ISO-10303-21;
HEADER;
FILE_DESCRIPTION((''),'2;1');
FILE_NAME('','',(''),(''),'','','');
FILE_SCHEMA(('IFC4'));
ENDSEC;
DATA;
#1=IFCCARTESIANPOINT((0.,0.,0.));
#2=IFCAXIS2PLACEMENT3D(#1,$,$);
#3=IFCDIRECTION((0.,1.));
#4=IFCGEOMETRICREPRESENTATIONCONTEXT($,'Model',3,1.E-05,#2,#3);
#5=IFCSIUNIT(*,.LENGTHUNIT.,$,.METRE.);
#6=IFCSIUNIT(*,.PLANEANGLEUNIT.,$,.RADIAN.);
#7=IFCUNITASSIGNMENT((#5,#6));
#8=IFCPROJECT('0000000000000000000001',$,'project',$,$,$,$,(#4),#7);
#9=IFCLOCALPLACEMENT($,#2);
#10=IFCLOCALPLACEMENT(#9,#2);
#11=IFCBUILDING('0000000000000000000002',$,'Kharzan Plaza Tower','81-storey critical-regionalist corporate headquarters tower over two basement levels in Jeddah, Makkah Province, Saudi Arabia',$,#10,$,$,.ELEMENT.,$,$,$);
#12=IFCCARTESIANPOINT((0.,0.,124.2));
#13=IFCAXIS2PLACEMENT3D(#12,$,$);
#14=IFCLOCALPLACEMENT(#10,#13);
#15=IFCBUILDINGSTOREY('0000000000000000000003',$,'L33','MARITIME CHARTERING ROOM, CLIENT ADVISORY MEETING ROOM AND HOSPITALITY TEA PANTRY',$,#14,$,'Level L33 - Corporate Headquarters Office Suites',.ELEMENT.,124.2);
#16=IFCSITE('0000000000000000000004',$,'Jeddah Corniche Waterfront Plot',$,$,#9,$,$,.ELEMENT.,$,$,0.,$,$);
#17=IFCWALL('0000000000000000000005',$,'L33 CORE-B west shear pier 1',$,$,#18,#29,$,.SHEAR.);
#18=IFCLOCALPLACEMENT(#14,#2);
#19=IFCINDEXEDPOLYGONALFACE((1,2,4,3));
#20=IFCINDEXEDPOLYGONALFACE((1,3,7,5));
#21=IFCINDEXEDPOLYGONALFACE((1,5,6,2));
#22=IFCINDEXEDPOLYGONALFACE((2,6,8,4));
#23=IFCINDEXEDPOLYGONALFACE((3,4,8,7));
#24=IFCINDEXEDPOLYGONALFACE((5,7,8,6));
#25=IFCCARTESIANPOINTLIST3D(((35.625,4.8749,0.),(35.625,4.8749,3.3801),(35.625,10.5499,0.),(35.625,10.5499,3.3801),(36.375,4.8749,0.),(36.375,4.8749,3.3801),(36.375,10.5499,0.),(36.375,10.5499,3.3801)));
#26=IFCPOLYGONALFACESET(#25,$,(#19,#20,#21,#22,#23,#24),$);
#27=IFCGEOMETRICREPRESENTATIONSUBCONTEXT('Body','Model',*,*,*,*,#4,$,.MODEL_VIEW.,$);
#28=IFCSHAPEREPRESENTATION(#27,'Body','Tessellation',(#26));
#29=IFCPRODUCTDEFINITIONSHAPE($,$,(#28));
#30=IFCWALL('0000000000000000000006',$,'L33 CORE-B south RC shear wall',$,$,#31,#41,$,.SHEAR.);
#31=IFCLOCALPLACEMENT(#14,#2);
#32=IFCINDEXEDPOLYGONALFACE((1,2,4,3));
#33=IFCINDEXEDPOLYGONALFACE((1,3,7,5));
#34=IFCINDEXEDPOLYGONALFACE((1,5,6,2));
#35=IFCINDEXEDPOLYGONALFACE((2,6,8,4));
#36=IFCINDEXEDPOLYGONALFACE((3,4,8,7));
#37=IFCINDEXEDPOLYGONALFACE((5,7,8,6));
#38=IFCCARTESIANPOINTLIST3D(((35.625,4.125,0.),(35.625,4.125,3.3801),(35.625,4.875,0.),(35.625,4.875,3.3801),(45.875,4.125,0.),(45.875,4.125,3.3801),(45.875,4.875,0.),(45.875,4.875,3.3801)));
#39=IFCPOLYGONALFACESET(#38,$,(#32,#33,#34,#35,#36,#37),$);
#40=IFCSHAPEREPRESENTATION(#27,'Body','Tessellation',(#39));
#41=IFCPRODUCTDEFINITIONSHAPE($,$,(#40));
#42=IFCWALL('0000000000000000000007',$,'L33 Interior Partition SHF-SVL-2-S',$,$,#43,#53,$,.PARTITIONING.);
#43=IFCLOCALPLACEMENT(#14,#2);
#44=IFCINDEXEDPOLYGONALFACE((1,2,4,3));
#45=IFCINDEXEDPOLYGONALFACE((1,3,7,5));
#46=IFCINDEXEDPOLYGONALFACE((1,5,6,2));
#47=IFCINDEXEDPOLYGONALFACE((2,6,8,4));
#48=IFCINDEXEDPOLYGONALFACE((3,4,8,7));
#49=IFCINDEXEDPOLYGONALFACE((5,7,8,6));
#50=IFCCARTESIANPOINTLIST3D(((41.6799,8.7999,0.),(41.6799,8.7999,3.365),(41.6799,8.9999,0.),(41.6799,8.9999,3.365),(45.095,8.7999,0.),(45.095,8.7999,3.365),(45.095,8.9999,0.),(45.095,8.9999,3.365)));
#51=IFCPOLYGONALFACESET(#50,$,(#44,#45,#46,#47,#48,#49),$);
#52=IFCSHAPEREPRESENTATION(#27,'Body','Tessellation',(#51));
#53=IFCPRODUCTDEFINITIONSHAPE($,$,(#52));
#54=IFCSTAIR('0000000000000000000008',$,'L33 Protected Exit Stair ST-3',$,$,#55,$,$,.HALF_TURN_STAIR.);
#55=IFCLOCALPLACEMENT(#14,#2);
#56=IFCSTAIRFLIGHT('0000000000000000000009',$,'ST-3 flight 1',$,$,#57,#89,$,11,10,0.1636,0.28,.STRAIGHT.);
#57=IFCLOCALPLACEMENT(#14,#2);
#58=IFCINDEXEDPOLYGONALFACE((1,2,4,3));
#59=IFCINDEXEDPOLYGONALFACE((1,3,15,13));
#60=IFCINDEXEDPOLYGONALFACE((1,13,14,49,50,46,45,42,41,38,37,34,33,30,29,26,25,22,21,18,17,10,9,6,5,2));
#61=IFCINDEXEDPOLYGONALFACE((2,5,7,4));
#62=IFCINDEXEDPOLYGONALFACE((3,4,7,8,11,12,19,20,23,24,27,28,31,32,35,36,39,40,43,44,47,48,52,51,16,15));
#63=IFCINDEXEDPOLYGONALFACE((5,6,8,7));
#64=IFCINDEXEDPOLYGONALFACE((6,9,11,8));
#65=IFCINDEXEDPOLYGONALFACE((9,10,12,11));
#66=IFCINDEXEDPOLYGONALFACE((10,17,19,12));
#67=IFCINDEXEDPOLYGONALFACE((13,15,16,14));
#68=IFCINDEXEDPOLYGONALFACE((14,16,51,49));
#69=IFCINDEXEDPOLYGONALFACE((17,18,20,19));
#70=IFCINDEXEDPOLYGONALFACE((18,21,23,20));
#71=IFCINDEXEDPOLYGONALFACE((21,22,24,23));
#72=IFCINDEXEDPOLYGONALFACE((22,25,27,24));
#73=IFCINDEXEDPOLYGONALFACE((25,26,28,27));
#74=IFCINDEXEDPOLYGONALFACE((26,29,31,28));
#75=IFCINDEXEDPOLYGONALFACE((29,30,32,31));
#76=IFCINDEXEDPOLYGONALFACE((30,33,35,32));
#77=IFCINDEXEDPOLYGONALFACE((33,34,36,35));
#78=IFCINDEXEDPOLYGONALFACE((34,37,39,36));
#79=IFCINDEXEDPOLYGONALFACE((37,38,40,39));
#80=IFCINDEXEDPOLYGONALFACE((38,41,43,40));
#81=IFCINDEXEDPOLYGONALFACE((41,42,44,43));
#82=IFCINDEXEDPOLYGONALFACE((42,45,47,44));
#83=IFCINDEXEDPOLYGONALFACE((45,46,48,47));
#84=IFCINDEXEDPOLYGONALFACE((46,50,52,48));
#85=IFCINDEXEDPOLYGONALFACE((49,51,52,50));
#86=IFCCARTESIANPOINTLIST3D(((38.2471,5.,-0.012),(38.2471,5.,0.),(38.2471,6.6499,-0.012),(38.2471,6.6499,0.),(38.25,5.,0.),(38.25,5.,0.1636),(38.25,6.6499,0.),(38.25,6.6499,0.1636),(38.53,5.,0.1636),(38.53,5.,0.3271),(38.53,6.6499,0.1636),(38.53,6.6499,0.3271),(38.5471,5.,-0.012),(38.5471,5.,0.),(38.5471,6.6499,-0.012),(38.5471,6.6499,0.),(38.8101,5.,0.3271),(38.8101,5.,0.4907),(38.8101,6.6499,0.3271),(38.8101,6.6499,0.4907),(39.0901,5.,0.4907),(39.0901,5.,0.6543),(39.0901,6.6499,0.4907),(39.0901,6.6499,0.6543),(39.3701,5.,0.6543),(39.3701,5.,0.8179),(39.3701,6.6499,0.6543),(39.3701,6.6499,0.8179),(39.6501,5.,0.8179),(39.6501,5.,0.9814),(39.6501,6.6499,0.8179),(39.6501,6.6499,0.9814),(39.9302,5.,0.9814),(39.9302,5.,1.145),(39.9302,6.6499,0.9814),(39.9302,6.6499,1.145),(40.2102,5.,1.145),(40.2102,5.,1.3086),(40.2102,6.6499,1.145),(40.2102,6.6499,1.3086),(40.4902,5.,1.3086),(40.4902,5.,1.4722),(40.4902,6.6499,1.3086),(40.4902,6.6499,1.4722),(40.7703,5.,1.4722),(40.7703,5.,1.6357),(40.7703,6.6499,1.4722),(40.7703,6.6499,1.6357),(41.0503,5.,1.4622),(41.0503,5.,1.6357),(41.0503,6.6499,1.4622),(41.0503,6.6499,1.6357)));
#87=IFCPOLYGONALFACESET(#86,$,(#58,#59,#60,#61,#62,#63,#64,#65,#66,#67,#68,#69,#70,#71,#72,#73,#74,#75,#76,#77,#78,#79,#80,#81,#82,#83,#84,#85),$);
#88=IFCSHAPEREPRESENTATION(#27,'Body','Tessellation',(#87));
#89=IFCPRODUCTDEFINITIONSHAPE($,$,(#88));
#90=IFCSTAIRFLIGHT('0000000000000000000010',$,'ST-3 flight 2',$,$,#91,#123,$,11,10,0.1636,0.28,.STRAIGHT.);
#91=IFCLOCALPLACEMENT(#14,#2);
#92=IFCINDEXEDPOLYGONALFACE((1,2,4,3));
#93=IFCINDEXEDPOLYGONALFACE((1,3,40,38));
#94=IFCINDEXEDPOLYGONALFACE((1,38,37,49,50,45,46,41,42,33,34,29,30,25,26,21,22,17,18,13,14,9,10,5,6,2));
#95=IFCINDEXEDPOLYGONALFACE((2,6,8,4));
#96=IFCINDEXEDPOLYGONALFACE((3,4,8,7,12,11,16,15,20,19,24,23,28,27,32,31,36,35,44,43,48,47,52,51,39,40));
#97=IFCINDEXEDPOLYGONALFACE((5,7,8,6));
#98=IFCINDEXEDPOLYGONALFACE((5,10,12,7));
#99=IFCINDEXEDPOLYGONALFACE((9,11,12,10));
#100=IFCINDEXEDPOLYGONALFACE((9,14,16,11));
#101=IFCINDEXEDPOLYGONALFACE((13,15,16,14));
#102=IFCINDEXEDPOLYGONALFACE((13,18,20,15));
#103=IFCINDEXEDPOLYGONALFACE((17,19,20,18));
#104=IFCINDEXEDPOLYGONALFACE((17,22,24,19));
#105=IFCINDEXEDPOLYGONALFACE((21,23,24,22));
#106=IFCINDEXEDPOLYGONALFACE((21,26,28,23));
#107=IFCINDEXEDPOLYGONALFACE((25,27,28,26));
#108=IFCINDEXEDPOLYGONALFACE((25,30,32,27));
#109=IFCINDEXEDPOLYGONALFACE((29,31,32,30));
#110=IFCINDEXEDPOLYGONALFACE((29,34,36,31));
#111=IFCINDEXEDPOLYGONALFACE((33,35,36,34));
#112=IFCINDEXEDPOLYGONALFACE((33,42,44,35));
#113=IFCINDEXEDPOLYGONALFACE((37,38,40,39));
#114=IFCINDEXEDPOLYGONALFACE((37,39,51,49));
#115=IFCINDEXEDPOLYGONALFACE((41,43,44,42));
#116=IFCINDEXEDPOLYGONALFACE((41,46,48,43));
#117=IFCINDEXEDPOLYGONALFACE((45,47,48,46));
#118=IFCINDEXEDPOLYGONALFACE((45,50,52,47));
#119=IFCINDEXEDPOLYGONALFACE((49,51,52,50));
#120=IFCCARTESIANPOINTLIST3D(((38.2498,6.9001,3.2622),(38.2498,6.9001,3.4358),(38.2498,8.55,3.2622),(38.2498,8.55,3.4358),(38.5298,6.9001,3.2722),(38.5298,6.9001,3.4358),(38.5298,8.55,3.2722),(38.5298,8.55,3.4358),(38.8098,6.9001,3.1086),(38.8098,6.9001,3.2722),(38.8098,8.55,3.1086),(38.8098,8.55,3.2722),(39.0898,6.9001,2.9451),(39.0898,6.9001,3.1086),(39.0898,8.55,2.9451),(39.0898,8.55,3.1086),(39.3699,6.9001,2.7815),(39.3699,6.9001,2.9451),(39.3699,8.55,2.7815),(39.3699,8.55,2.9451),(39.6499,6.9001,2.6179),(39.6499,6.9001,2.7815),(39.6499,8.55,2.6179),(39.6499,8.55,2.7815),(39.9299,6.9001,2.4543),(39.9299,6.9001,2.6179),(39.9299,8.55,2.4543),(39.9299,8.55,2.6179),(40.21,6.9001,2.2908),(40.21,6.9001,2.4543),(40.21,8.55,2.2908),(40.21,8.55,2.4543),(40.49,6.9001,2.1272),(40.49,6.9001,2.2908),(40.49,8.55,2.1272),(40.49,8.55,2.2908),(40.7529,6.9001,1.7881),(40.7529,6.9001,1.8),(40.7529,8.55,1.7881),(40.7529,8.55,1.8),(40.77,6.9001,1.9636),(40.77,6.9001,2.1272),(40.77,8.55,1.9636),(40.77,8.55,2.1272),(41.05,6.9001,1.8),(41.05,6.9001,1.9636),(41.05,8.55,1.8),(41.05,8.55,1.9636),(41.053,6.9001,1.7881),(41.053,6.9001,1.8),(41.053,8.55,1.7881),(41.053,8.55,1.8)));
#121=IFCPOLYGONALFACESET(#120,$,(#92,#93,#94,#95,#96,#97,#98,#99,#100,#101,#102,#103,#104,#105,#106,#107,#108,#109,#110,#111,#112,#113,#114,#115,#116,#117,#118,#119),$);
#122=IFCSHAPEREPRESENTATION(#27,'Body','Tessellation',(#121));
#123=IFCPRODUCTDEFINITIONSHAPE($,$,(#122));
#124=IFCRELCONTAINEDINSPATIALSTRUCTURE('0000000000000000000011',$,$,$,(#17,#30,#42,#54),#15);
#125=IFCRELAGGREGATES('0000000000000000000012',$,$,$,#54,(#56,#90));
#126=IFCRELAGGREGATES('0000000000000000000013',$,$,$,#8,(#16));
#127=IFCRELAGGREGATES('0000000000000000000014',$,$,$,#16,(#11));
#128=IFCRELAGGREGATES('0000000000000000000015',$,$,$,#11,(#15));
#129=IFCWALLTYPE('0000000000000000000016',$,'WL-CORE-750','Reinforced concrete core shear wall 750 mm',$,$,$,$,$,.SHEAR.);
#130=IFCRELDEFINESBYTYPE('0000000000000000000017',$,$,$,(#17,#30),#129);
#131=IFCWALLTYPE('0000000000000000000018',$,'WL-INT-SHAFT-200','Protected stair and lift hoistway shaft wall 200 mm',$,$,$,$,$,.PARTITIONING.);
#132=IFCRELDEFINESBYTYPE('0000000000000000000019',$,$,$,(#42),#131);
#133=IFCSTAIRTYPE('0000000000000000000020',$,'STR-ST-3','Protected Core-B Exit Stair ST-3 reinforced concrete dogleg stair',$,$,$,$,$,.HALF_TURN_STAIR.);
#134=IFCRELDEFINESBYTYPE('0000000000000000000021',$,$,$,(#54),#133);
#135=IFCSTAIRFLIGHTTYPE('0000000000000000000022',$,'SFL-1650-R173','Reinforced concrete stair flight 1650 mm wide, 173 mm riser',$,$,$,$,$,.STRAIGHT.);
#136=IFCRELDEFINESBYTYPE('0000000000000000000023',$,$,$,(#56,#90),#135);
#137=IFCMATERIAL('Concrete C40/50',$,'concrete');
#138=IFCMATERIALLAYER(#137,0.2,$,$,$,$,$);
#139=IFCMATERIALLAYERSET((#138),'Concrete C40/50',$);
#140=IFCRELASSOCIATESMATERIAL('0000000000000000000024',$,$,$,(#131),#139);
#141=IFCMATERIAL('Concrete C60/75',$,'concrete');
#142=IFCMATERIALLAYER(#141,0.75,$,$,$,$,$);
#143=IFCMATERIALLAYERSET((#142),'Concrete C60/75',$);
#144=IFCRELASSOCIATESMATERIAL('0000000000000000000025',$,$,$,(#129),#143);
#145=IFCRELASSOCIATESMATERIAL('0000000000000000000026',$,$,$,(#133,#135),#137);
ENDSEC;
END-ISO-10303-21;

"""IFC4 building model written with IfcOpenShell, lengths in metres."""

from ifc_helpers import new_model, si_unit, direction, frame, frame_2d, origin, place, context, subcontext, project, spatial, polyline, rectangle, outline, extrude, source, transform, mapped, material, layer, layer_set, type_object, element, aggregate, save


model = new_model("IFC4")

# Units and contexts
model_context = context("Model", 3, precision=1e-05, world=origin(), true_north=direction((0.0, 1.0)))
body_context = subcontext(model_context, "Body", "Model", "MODEL_VIEW")
ifc_project = project(units=[si_unit("LENGTHUNIT", "METRE"), si_unit("PLANEANGLEUNIT", "RADIAN")], contexts=[model_context])

# Site, building, storey
site_placement = place(None, origin())
site = spatial("IfcSite", under=ifc_project, at=site_placement, Name="Jeddah Corniche Waterfront Plot", CompositionType="ELEMENT", RefElevation=0.0)
building_placement = place(site_placement, origin())
building = spatial("IfcBuilding", under=site, at=building_placement, Name="Kharzan Plaza Tower", Description="81-storey critical-regionalist corporate headquarters tower over two basement levels in Jeddah, Makkah Province, Saudi Arabia", CompositionType="ELEMENT")
storey_placement = place(building_placement, frame((0.0, 0.0, 124.2)))
storey = spatial("IfcBuildingStorey", under=building, at=storey_placement, Name="L33", Description="MARITIME CHARTERING ROOM, CLIENT ADVISORY MEETING ROOM AND HOSPITALITY TEA PANTRY", LongName="Level L33 - Corporate Headquarters Office Suites", CompositionType="ELEMENT", Elevation=124.2)

# Shared definitions
ifc_material_1 = material(Name="Concrete C60/75", Category="concrete")

# Shared definitions
ifc_material_2 = material(Name="Concrete C40/50", Category="concrete")

# Shared definitions
ifc_layer_1 = layer(ifc_material_2, 0.2)
ifc_layer_set_1 = layer_set([ifc_layer_1], Name="Concrete C40/50")
wall_type_1 = type_object("IfcWallType", Name="WL-INT-SHAFT-200", Description="Protected stair and lift hoistway shaft wall 200 mm", PredefinedType="PARTITIONING", material=ifc_layer_set_1)

# Walls
ifc_layer_2 = layer(ifc_material_1, 0.75)
ifc_layer_set_2 = layer_set([ifc_layer_2], Name="Concrete C60/75")
wall_type_2 = type_object("IfcWallType", Name="WL-CORE-750", Description="Reinforced concrete core shear wall 750 mm", PredefinedType="SHEAR", material=ifc_layer_set_2)
shared_shape_1 = source(origin(), body_context, "Body", "SweptSolid", [
    extrude(rectangle(XDim=5.675, YDim=0.75, at=frame_2d((2.8374, 0.0))), origin(), (0.0, 0.0, 1.0), 3.3801),
])
wall_1_placement = place(storey_placement, frame((36.0, 4.875, 0.0), z_axis=(0.0, 0.0, 1.0), x_axis=(0.0, 1.0, 0.0)))
element("IfcWall", 1, at=wall_1_placement, inside=storey, type_object=wall_type_2, Name="L33 CORE-B west shear pier 1", PredefinedType="SHEAR", context=body_context, shape_type="MappedRepresentation", body=[
    mapped(shared_shape_1, transform((0.0, 0.0, 0.0), x_axis=(1.0, 0.0, 0.0), y_axis=(0.0, 1.0, 0.0), z_axis=(0.0, 0.0, 1.0))),
])
shared_shape_2 = source(origin(), body_context, "Body", "SweptSolid", [
    extrude(rectangle(XDim=10.25, YDim=0.75, at=frame_2d((5.125, 0.0))), origin(), (0.0, 0.0, 1.0), 3.3801),
])
wall_2_placement = place(storey_placement, frame((35.625, 4.5, 0.0), z_axis=(0.0, 0.0, 1.0), x_axis=(1.0, 0.0, 0.0)))
element("IfcWall", 2, at=wall_2_placement, inside=storey, type_object=wall_type_2, Name="L33 CORE-B south RC shear wall", PredefinedType="SHEAR", context=body_context, shape_type="MappedRepresentation", body=[
    mapped(shared_shape_2, transform((0.0, 0.0, 0.0), x_axis=(1.0, 0.0, 0.0), y_axis=(0.0, 1.0, 0.0), z_axis=(0.0, 0.0, 1.0))),
])
shared_shape_3 = source(origin(), body_context, "Body", "SweptSolid", [
    extrude(rectangle(XDim=3.415, YDim=0.2, at=frame_2d((1.7075, 0.0))), origin(), (0.0, 0.0, 1.0), 3.365),
])
wall_3_placement = place(storey_placement, frame((41.6799, 8.8999, 0.0), z_axis=(0.0, 0.0, 1.0), x_axis=(1.0, 0.0, 0.0)))
element("IfcWall", 3, at=wall_3_placement, inside=storey, type_object=wall_type_1, Name="L33 Interior Partition SHF-SVL-2-S", PredefinedType="PARTITIONING", context=body_context, shape_type="MappedRepresentation", body=[
    mapped(shared_shape_3, transform((0.0, 0.0, 0.0), x_axis=(1.0, 0.0, 0.0), y_axis=(0.0, 1.0, 0.0), z_axis=(0.0, 0.0, 1.0))),
])

# Stair, stair flights
stair_type = type_object("IfcStairType", Name="STR-ST-3", Description="Protected Core-B Exit Stair ST-3 reinforced concrete dogleg stair", PredefinedType="HALF_TURN_STAIR", material=ifc_material_2)
stair_placement = place(storey_placement, origin())
stair = element("IfcStair", 4, at=stair_placement, inside=storey, type_object=stair_type, Name="L33 Protected Exit Stair ST-3", PredefinedType="HALF_TURN_STAIR")
stair_flight_type = type_object("IfcStairFlightType", Name="SFL-1650-R173", Description="Reinforced concrete stair flight 1650 mm wide, 173 mm riser", PredefinedType="STRAIGHT", material=ifc_material_2)
shared_shape_4 = source(origin(), body_context, "Body", "SweptSolid", [
    extrude(outline(polyline([(-0.0029, -0.012), (-0.0029, 0.0), (0.0, 0.0), (0.0, 0.1636), (0.28, 0.1636), (0.28, 0.3271), (0.5601, 0.3271), (0.5601, 0.4907), (0.8401, 0.4907), (0.8401, 0.6543), (1.1201, 0.6543), (1.1201, 0.8179), (1.4001, 0.8179), (1.4001, 0.9814), (1.6802, 0.9814), (1.6802, 1.145), (1.9602, 1.145), (1.9602, 1.3086), (2.2402, 1.3086), (2.2402, 1.4722), (2.5203, 1.4722), (2.5203, 1.6357), (2.8003, 1.6357), (2.8003, 1.7993), (2.8003, 1.4622), (0.2971, 0.0), (0.2971, -0.012), (-0.0029, -0.012)])), frame((0.0, 0.825, 0.0), z_axis=(0.0, -1.0, 0.0), x_axis=(1.0, 0.0, 0.0)), (0.0, 0.0, 1.0), 1.6499),
])
stair_flight_1_placement = place(storey_placement, frame((38.25, 5.825, 0.0), z_axis=(0.0, 0.0, 1.0), x_axis=(1.0, 0.0, 0.0)))
stair_flight_1 = element("IfcStairFlight", 5, at=stair_flight_1_placement, type_object=stair_flight_type, Name="ST-3 flight 1", NumberOfRisers=11, NumberOfTreads=10, PredefinedType="STRAIGHT", RiserHeight=0.1636, TreadLength=0.28, context=body_context, shape_type="MappedRepresentation", body=[
    mapped(shared_shape_4, transform((0.0, 0.0, 0.0), x_axis=(1.0, 0.0, 0.0), y_axis=(0.0, 1.0, 0.0), z_axis=(0.0, 0.0, 1.0))),
])
stair_flight_2_placement = place(storey_placement, frame((41.05, 7.7251, 1.8), z_axis=(0.0, 0.0, 1.0), x_axis=(-1.0, 0.0, 0.0)))
stair_flight_2 = element("IfcStairFlight", 6, at=stair_flight_2_placement, type_object=stair_flight_type, Name="ST-3 flight 2", NumberOfRisers=11, NumberOfTreads=10, PredefinedType="STRAIGHT", RiserHeight=0.1636, TreadLength=0.28, context=body_context, shape_type="MappedRepresentation", body=[
    mapped(shared_shape_4, transform((0.0, 0.0, 0.0), x_axis=(1.0, 0.0, 0.0), y_axis=(0.0, 1.0, 0.0), z_axis=(0.0, 0.0, 1.0))),
])
aggregate(stair, [stair_flight_1, stair_flight_2])

save(model, "model.ifc")
